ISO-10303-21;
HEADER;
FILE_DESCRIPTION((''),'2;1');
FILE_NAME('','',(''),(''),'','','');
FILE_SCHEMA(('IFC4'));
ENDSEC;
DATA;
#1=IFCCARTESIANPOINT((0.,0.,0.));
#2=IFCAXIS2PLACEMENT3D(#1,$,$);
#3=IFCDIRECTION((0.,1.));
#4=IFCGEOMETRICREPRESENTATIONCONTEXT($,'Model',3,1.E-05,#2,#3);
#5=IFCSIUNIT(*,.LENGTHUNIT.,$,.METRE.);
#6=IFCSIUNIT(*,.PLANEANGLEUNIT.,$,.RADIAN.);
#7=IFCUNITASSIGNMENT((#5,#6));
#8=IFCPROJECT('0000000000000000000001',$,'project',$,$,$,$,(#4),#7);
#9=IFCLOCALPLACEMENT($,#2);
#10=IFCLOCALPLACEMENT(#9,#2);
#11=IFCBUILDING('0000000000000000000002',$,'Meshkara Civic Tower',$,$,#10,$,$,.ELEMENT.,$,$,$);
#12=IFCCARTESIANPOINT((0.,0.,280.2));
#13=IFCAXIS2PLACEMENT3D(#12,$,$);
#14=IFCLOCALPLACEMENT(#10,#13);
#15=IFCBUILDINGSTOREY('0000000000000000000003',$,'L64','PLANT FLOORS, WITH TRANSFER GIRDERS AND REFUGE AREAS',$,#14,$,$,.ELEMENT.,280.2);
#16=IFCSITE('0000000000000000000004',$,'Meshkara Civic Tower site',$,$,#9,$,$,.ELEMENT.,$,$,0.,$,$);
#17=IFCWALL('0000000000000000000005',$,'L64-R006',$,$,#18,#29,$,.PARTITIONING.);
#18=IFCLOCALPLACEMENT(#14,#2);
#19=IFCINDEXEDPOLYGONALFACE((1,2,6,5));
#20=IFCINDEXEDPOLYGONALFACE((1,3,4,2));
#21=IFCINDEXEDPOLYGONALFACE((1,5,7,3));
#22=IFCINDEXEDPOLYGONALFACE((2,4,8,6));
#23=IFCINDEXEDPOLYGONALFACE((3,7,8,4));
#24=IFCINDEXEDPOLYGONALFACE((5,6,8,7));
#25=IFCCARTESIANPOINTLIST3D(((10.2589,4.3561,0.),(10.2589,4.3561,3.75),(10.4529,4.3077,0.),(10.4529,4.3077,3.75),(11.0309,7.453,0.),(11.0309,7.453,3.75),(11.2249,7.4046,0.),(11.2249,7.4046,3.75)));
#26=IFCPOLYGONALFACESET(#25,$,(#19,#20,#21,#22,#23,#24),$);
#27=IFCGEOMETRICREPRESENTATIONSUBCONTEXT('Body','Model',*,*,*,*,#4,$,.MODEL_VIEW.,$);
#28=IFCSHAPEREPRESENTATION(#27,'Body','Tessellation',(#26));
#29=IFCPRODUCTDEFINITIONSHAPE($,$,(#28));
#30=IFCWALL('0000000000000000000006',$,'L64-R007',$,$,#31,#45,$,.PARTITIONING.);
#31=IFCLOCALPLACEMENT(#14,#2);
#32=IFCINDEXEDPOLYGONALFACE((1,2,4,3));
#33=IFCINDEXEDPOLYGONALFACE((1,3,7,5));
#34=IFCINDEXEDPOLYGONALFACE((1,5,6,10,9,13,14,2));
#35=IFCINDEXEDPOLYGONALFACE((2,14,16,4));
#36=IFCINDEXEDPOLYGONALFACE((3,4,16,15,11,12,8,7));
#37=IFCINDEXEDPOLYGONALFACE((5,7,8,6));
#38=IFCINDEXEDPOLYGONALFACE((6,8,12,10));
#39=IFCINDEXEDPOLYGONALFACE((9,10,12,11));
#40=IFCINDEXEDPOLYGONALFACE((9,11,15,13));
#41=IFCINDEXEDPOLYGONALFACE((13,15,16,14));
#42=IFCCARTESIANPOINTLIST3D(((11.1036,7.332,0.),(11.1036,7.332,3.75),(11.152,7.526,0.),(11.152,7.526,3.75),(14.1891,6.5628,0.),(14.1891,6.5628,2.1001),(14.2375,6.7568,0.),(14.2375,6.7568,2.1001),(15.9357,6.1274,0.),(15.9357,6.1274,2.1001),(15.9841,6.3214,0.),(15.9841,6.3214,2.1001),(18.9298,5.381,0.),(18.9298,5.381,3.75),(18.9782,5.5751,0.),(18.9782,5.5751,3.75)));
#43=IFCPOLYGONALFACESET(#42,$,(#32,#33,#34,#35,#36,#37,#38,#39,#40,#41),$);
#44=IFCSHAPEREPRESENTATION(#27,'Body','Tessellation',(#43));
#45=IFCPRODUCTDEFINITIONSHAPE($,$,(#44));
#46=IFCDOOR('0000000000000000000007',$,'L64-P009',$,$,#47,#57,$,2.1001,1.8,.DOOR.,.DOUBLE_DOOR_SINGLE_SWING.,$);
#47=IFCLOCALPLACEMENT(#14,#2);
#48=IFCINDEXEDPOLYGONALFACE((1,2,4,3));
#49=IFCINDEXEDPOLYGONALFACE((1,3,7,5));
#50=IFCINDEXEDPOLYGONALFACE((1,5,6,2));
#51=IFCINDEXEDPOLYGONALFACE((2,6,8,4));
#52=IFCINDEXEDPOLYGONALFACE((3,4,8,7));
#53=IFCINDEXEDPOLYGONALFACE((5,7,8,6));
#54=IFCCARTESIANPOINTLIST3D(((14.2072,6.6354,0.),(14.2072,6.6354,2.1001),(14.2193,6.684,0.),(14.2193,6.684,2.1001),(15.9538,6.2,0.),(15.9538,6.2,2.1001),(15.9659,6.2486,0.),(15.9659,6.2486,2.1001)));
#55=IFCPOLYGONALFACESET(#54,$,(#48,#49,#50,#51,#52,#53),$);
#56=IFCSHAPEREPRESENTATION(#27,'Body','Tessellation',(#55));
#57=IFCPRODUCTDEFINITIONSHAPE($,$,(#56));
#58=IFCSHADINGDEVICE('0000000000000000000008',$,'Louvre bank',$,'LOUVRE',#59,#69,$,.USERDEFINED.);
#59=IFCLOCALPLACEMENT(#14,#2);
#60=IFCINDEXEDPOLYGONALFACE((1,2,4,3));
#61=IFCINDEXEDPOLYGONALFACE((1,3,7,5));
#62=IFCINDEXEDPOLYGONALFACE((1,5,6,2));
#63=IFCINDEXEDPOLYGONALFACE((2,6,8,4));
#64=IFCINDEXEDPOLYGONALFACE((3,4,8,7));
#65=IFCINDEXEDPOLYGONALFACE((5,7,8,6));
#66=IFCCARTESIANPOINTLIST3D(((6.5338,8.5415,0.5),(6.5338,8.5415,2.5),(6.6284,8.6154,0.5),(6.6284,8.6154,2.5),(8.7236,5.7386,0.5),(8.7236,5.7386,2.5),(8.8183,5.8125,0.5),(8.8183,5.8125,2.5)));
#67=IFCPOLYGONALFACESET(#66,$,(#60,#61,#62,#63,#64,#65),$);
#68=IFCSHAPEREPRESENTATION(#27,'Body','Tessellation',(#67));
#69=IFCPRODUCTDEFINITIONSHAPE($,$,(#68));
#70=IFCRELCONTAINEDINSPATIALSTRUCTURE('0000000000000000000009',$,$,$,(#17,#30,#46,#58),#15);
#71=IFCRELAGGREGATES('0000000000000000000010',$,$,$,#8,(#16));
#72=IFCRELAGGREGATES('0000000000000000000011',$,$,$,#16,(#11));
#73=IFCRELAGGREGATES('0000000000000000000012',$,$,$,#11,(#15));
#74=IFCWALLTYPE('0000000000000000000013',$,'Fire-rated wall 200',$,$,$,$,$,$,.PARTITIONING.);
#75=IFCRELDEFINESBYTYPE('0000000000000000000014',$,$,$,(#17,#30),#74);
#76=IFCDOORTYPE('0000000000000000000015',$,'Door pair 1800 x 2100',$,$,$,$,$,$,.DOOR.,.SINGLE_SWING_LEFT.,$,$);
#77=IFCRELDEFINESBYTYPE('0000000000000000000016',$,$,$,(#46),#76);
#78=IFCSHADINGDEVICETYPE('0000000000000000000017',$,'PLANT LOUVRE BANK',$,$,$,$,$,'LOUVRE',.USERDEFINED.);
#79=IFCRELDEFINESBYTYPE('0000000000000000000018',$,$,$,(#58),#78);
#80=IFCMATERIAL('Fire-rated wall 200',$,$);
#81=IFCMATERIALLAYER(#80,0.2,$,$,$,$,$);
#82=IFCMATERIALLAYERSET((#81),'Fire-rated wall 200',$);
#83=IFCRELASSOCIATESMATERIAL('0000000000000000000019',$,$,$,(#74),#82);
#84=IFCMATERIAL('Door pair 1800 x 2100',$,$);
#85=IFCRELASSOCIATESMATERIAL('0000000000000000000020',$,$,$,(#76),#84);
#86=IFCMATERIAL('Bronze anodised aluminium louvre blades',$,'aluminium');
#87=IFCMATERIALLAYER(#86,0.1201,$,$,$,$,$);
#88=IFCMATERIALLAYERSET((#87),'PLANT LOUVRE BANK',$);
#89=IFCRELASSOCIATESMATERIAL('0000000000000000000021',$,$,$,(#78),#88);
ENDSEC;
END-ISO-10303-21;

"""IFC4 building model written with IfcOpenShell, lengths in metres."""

from ifc_helpers import new_model, si_unit, direction, frame, frame_2d, origin, origin_2d, place, context, subcontext, project, spatial, rectangle, extrude, material, layer, layer_set, type_object, element, fill, save


model = new_model("IFC4")

# Units and contexts
model_context = context("Model", 3, precision=1e-05, world=origin(), true_north=direction((0.0, 1.0)))
body_context = subcontext(model_context, "Body", "Model", "MODEL_VIEW")
ifc_project = project(units=[si_unit("LENGTHUNIT", "METRE"), si_unit("PLANEANGLEUNIT", "RADIAN")], contexts=[model_context])

# Site, building, storey
site_placement = place(None, origin())
site = spatial("IfcSite", under=ifc_project, at=site_placement, Name="Meshkara Civic Tower site", CompositionType="ELEMENT", RefElevation=0.0)
building_placement = place(site_placement, origin())
building = spatial("IfcBuilding", under=site, at=building_placement, Name="Meshkara Civic Tower", CompositionType="ELEMENT")
storey_placement = place(building_placement, frame((0.0, 0.0, 280.2)))
storey = spatial("IfcBuildingStorey", under=building, at=storey_placement, Name="L64", Description="PLANT FLOORS, WITH TRANSFER GIRDERS AND REFUGE AREAS", CompositionType="ELEMENT", Elevation=280.2)

# Wall
ifc_material_1 = material(Name="Fire-rated wall 200")
ifc_layer_1 = layer(ifc_material_1, 0.2)
ifc_layer_set_1 = layer_set([ifc_layer_1], Name="Fire-rated wall 200")
wall_type_1 = type_object("IfcWallType", Name="Fire-rated wall 200", PredefinedType="PARTITIONING", material=ifc_layer_set_1)
wall_1_placement = place(storey_placement, frame((10.356, 4.332, 0.0), z_axis=(0.0, 0.0, 1.0), x_axis=(0.24187, 0.970309, 0.0)))
element("IfcWall", 1, at=wall_1_placement, inside=storey, type_object=wall_type_1, Name="L64-R006", PredefinedType="PARTITIONING", context=body_context, shape_type="SweptSolid", body=[
    extrude(rectangle(XDim=3.1917, YDim=0.2, at=frame_2d((1.5957, 0.0))), origin(), (0.0, 0.0, 1.0), 3.75),
])

# Wall, opening, door
wall_2_placement = place(storey_placement, frame((11.1279, 7.429, 0.0), z_axis=(0.0, 0.0, 1.0), x_axis=(0.970306, -0.24188, 0.0)))
wall_2 = element("IfcWall", 2, at=wall_2_placement, inside=storey, type_object=wall_type_1, Name="L64-R007", PredefinedType="PARTITIONING", context=body_context, shape_type="SweptSolid", body=[
    extrude(rectangle(XDim=8.0657, YDim=0.2, at=frame_2d((4.0327, 0.0))), origin(), (0.0, 0.0, 1.0), 3.75),
])
opening_1_placement = place(wall_2_placement, frame((3.1799, 0.0, 0.0)))
opening_1 = element("IfcOpeningElement", 3, at=opening_1_placement, cuts=wall_2, PredefinedType="OPENING", context=body_context, shape_type="SweptSolid", body=[
    extrude(rectangle(XDim=1.8, YDim=2.1001, at=frame_2d((0.8999, 1.05))), frame((0.0, 0.1099, 0.0), z_axis=(0.0, -1.0, 0.0), x_axis=(1.0, 0.0, 0.0)), (0.0, 0.0, 1.0), 0.22),
])
ifc_material_2 = material(Name="Door pair 1800 x 2100")
door_type_1 = type_object("IfcDoorType", Name="Door pair 1800 x 2100", OperationType="SINGLE_SWING_LEFT", PredefinedType="DOOR", material=ifc_material_2)
door_1_placement = place(opening_1_placement, origin())
door_1 = element("IfcDoor", 4, at=door_1_placement, inside=storey, type_object=door_type_1, Name="L64-P009", OperationType="DOUBLE_DOOR_SINGLE_SWING", OverallHeight=2.1001, OverallWidth=1.8, PredefinedType="DOOR", context=body_context, shape_type="SweptSolid", body=[
    extrude(rectangle(XDim=1.8, YDim=2.1001, at=frame_2d((0.8999, 1.05))), frame((0.0, 0.0249, 0.0), z_axis=(0.0, -1.0, 0.0), x_axis=(1.0, 0.0, 0.0)), (0.0, 0.0, 1.0), 0.05),
])
fill(opening_1, door_1)

# Shading device
ifc_material_3 = material(Name="Bronze anodised aluminium louvre blades", Category="aluminium")
ifc_layer_2 = layer(ifc_material_3, 0.1201)
ifc_layer_set_2 = layer_set([ifc_layer_2], Name="PLANT LOUVRE BANK")
shading_device_type = type_object("IfcShadingDeviceType", Name="PLANT LOUVRE BANK", ElementType="LOUVRE", PredefinedType="USERDEFINED", material=ifc_layer_set_2)
shading_device_placement = place(storey_placement, frame((7.676, 7.177, 0.5), z_axis=(0.0, 0.0, 1.0), x_axis=(0.615661, -0.788011, 0.0)))
element("IfcShadingDevice", 5, at=shading_device_placement, inside=storey, type_object=shading_device_type, Name="Louvre bank", ObjectType="LOUVRE", PredefinedType="USERDEFINED", context=body_context, shape_type="SweptSolid", body=[
    extrude(rectangle(XDim=3.5569, YDim=0.1201, at=origin_2d()), origin(), (0.0, 0.0, 1.0), 2.0),
])

save(model, "model.ifc")
